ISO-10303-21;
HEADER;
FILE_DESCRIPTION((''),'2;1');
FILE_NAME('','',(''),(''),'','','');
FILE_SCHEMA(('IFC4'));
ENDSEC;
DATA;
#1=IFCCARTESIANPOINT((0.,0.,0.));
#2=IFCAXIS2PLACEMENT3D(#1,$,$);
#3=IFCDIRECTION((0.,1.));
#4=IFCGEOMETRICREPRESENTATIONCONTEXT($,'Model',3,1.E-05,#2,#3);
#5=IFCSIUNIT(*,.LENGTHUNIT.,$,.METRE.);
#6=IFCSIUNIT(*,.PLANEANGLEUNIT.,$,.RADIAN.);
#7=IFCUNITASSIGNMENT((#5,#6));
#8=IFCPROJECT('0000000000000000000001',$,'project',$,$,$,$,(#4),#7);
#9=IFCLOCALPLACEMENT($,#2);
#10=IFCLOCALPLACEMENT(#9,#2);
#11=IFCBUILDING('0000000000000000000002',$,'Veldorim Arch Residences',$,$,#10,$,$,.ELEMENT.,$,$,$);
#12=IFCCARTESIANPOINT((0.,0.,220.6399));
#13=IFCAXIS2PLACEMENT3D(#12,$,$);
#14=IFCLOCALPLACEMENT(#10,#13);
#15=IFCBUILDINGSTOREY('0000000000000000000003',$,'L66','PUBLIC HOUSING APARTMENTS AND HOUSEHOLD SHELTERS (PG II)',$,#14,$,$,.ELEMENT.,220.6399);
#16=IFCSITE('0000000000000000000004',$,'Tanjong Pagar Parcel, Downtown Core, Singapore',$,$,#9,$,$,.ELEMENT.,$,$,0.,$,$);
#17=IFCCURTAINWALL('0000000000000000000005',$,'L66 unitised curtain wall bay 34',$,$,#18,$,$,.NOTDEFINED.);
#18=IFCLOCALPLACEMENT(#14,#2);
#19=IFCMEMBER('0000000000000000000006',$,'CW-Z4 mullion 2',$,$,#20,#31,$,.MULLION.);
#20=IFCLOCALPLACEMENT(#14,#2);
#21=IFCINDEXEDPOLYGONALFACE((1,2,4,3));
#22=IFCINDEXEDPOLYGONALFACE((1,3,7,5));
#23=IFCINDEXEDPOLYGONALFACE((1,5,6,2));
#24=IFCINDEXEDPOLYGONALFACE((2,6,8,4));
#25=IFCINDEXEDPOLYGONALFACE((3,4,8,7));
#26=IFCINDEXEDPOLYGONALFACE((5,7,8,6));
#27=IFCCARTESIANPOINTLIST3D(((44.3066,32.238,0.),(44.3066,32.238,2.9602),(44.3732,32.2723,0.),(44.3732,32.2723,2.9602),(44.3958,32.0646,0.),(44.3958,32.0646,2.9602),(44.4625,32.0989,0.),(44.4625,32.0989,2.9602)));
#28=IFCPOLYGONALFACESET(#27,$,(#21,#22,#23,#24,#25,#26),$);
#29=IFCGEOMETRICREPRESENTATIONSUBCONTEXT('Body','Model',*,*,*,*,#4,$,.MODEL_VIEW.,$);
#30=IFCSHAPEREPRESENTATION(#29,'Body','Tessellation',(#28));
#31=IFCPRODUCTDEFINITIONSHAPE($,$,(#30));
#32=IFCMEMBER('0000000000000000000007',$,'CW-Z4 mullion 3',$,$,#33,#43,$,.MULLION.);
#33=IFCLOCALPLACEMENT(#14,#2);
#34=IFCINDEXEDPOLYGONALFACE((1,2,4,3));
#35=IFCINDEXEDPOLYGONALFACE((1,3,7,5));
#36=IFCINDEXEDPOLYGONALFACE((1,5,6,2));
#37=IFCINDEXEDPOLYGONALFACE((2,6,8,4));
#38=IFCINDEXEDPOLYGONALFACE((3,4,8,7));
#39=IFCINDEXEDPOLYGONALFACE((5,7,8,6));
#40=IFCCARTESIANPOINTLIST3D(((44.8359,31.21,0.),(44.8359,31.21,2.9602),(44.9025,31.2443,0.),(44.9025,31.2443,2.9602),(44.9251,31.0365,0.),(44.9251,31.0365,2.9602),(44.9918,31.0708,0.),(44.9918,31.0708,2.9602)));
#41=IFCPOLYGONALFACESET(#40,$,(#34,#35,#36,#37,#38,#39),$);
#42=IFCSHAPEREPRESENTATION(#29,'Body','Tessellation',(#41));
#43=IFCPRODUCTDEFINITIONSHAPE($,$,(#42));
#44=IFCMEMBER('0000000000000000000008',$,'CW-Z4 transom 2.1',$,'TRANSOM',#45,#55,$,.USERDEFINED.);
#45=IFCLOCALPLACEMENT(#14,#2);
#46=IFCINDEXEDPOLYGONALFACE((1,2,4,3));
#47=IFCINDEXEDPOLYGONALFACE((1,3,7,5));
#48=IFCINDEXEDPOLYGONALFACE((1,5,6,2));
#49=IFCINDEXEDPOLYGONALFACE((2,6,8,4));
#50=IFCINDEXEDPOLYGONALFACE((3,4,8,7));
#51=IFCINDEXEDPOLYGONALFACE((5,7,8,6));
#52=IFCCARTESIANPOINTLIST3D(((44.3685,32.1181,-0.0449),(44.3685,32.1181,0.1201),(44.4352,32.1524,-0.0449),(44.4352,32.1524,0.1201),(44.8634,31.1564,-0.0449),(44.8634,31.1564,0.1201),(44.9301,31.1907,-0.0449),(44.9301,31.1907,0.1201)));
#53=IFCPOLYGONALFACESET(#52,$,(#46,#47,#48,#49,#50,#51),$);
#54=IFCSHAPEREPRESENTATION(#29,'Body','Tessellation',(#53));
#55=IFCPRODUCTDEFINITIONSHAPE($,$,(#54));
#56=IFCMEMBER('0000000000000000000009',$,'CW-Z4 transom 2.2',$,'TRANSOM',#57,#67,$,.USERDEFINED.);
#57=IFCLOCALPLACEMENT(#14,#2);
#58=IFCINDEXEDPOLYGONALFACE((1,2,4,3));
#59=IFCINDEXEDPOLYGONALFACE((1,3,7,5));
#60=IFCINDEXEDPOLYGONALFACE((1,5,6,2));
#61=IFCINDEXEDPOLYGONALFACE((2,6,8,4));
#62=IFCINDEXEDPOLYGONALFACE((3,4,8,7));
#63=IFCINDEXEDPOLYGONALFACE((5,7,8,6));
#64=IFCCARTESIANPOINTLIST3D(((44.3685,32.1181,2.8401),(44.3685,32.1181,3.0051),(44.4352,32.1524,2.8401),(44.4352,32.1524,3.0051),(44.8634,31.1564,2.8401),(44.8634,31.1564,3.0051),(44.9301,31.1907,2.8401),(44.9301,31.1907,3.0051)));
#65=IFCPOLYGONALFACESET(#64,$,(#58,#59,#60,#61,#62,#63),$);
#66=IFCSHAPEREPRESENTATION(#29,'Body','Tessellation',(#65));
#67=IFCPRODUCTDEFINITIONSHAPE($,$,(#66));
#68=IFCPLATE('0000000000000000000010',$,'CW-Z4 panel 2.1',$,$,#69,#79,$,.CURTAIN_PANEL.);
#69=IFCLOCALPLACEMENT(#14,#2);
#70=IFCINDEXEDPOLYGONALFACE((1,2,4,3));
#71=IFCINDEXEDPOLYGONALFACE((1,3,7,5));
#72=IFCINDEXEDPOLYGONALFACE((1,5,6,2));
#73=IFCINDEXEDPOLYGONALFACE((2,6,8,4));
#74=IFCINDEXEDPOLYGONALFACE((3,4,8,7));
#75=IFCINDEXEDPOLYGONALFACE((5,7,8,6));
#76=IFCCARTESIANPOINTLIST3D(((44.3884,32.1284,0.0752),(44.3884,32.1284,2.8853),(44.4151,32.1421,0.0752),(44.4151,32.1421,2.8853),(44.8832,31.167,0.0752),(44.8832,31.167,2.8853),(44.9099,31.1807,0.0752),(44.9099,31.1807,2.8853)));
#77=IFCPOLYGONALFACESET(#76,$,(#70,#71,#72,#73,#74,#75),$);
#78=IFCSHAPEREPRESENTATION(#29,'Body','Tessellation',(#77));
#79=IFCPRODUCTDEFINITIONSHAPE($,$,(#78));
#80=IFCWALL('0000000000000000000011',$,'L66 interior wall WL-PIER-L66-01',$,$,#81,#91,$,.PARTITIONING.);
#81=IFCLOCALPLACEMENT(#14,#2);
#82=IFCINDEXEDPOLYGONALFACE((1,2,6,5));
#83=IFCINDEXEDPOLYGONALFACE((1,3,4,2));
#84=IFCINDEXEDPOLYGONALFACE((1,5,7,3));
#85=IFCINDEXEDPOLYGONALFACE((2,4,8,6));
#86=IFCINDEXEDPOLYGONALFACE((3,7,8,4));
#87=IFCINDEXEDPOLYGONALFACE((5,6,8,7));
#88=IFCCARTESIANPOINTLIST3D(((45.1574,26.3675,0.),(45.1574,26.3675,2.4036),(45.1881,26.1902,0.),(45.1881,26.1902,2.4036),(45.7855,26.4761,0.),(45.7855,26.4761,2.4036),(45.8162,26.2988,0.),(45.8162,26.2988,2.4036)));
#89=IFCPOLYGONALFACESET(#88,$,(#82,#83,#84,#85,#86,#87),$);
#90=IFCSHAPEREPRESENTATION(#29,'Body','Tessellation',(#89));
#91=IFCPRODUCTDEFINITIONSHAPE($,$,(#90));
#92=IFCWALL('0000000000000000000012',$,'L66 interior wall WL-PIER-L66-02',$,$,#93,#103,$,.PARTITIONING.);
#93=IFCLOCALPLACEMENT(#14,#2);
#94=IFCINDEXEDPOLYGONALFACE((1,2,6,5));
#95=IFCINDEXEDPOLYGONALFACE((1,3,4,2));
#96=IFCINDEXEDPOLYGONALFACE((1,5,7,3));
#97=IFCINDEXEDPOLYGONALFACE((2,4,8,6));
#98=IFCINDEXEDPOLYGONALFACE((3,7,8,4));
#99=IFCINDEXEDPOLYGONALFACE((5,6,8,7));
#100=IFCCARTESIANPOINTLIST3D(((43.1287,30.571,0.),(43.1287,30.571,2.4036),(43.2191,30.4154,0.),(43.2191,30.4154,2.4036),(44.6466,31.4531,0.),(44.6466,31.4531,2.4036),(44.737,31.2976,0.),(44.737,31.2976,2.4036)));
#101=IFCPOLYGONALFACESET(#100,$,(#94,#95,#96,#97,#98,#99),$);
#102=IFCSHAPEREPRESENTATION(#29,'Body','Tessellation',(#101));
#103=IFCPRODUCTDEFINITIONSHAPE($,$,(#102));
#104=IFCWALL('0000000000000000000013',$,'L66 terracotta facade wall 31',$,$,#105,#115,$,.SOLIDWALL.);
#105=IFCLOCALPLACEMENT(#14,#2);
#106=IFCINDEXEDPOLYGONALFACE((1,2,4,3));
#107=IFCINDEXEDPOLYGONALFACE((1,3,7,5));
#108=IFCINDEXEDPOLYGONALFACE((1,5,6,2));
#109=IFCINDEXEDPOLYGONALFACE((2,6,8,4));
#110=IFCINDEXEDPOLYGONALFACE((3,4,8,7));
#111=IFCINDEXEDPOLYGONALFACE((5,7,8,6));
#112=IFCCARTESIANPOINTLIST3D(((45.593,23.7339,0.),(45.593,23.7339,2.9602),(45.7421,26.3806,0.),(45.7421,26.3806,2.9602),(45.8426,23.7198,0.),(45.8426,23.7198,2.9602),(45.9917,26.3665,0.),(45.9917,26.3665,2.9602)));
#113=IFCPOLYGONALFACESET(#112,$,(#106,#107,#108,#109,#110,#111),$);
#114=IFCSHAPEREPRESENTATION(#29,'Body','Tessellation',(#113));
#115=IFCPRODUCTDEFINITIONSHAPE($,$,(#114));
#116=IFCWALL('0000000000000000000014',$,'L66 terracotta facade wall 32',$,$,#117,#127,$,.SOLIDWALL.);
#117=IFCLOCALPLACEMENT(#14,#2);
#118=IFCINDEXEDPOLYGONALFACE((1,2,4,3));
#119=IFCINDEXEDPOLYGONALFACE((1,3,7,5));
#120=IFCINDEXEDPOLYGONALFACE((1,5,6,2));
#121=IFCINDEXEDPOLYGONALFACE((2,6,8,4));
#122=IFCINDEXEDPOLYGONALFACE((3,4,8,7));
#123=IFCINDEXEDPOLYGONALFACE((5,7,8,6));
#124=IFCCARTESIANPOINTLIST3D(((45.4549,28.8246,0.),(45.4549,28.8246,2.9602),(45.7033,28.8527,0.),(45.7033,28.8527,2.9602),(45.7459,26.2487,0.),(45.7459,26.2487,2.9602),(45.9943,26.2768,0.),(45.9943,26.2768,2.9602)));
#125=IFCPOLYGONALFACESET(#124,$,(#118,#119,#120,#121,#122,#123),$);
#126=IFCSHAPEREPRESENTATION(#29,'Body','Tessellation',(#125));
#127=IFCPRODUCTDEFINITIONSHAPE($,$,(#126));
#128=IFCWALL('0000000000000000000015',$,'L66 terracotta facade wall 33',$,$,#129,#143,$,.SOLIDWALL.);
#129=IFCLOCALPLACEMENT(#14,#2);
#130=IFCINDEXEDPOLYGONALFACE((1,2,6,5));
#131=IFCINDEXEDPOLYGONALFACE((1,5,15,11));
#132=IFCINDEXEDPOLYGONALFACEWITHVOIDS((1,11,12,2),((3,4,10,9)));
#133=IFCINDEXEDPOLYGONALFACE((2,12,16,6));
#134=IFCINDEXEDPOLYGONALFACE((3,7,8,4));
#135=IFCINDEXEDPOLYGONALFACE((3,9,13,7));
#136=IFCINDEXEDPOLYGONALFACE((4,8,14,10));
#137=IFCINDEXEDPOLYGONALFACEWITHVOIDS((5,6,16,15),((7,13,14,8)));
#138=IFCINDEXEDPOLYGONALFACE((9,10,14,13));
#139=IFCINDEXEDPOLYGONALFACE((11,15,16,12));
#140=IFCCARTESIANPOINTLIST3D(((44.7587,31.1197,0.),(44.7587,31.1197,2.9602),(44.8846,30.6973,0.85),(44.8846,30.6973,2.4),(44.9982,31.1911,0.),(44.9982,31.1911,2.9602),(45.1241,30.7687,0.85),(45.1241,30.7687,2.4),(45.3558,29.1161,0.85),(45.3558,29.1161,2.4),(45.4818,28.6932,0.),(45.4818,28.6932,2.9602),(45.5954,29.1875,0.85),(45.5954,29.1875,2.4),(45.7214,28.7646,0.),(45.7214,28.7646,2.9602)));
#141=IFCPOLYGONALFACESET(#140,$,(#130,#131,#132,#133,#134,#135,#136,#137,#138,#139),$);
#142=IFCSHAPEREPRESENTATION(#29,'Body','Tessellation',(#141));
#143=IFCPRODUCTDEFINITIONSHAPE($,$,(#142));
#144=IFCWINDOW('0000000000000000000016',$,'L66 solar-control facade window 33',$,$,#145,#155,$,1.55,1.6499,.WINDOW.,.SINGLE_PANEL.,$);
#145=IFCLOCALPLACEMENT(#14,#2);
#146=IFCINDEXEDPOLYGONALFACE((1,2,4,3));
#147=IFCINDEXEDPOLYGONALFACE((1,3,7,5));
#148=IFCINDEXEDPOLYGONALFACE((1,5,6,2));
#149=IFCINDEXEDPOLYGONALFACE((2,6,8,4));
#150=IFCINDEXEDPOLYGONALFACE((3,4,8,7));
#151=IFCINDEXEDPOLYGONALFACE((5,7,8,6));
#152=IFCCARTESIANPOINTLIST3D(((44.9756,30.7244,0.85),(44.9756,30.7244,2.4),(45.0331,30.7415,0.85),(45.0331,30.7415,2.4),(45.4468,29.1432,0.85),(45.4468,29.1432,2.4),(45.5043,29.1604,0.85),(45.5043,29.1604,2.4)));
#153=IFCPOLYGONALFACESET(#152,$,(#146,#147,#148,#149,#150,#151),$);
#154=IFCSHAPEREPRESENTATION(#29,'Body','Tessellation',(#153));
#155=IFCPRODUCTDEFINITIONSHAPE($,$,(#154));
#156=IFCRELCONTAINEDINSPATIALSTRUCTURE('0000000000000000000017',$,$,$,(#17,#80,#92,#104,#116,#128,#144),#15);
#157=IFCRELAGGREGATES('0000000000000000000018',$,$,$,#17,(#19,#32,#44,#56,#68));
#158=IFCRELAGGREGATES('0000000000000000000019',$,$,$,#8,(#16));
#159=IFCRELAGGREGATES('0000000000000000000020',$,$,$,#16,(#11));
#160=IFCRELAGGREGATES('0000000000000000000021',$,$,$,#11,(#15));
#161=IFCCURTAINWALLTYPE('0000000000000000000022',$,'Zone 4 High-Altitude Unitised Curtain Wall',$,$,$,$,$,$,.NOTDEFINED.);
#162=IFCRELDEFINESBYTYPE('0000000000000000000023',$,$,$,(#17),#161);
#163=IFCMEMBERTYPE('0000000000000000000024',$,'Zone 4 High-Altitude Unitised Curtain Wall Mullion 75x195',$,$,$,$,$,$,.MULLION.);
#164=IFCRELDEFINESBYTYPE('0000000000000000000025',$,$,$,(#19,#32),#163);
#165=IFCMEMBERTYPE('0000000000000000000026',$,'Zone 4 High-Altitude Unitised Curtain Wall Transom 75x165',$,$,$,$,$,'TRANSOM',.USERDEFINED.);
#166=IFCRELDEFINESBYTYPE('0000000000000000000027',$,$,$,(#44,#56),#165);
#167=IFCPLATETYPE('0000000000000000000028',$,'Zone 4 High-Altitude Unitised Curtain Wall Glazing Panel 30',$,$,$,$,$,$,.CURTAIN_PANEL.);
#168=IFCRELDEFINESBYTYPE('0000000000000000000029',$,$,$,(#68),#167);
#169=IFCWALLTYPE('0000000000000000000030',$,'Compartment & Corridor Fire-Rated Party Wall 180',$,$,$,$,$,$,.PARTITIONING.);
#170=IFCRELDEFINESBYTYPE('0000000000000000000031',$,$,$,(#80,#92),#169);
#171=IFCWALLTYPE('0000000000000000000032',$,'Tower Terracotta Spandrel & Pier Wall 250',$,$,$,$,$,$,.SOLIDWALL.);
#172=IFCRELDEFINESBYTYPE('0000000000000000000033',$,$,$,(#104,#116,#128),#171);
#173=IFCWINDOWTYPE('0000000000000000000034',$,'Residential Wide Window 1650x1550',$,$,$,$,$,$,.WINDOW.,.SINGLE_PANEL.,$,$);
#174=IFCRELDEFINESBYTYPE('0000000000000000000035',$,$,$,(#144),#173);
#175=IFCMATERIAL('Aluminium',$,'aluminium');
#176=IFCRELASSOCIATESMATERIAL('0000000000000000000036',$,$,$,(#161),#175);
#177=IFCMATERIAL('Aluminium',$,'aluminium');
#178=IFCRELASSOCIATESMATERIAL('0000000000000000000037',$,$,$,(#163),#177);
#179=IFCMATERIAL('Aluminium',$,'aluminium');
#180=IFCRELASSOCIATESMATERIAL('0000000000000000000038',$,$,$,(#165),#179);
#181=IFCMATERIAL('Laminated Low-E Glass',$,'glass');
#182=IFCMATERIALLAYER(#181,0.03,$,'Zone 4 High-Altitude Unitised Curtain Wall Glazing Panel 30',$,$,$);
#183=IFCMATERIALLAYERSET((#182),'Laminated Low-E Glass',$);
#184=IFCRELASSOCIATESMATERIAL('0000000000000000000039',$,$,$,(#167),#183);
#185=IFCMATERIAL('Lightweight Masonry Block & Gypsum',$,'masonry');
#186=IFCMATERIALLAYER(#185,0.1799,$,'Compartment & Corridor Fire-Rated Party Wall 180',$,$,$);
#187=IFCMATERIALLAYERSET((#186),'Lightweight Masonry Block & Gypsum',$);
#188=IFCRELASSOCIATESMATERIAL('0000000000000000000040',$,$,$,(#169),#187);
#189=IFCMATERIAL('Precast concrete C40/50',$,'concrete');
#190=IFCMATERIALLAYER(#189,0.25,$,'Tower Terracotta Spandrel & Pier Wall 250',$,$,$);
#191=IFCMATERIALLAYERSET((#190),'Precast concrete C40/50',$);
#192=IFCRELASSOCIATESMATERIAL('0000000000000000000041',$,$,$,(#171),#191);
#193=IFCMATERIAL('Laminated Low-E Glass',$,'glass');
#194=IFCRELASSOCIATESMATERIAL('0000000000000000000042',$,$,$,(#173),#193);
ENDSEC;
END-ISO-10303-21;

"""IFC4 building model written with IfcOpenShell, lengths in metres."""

from ifc_helpers import new_model, si_unit, direction, frame, frame_2d, origin, origin_2d, place, context, subcontext, project, spatial, rectangle, extrude, material, layer, layer_set, material_profile, profile_set, type_object, element, fill, aggregate, save


model = new_model("IFC4")

# Units and contexts
model_context = context("Model", 3, precision=1e-05, world=origin(), true_north=direction((0.0, 1.0)))
body_context = subcontext(model_context, "Body", "Model", "MODEL_VIEW")
ifc_project = project(units=[si_unit("LENGTHUNIT", "METRE"), si_unit("PLANEANGLEUNIT", "RADIAN")], contexts=[model_context])

# Site, building, storey
site_placement = place(None, origin())
site = spatial("IfcSite", under=ifc_project, at=site_placement, Name="Tanjong Pagar Parcel, Downtown Core, Singapore", CompositionType="ELEMENT", RefElevation=0.0)
building_placement = place(site_placement, origin())
building = spatial("IfcBuilding", under=site, at=building_placement, Name="Veldorim Arch Residences", CompositionType="ELEMENT")
storey_placement = place(building_placement, frame((0.0, 0.0, 220.6399)))
storey = spatial("IfcBuildingStorey", under=building, at=storey_placement, Name="L66", Description="PUBLIC HOUSING APARTMENTS AND HOUSEHOLD SHELTERS (PG II)", CompositionType="ELEMENT", Elevation=220.6399)

# Curtain wall, members, plate
ifc_material_1 = material(Name="Aluminium", Category="aluminium")
curtain_wall_type = type_object("IfcCurtainWallType", Name="Zone 4 High-Altitude Unitised Curtain Wall", PredefinedType="NOTDEFINED", material=ifc_material_1)
curtain_wall_placement = place(storey_placement, origin())
curtain_wall = element("IfcCurtainWall", 1, at=curtain_wall_placement, inside=storey, type_object=curtain_wall_type, Name="L66 unitised curtain wall bay 34", PredefinedType="NOTDEFINED")
ifc_material_2 = material(Name="Aluminium", Category="aluminium")
ifc_material_profile_1 = material_profile(ifc_material_2, rectangle(XDim=0.075, YDim=0.1951, at=origin_2d()), Name="ALU_MUL_75x195")
ifc_profile_set_1 = profile_set([ifc_material_profile_1], Name="Aluminium")
member_type_1 = type_object("IfcMemberType", Name="Zone 4 High-Altitude Unitised Curtain Wall Mullion 75x195", PredefinedType="MULLION", material=ifc_profile_set_1)
member_1_placement = place(storey_placement, frame((44.3845, 32.1685, 0.0), z_axis=(0.0, 0.0, 1.0), x_axis=(0.889131, 0.457653, 0.0)))
member_1 = element("IfcMember", 2, at=member_1_placement, type_object=member_type_1, Name="CW-Z4 mullion 2", PredefinedType="MULLION", context=body_context, shape_type="SweptSolid", body=[
    extrude(rectangle(XDim=0.075, YDim=0.1951, at=origin_2d()), origin(), (0.0, 0.0, 1.0), 2.9602),
])
member_2_placement = place(storey_placement, frame((44.9138, 31.1404, 0.0), z_axis=(0.0, 0.0, 1.0), x_axis=(0.889131, 0.457653, 0.0)))
member_2 = element("IfcMember", 3, at=member_2_placement, type_object=member_type_1, Name="CW-Z4 mullion 3", PredefinedType="MULLION", context=body_context, shape_type="SweptSolid", body=[
    extrude(rectangle(XDim=0.075, YDim=0.1951, at=origin_2d()), origin(), (0.0, 0.0, 1.0), 2.9602),
])
ifc_material_3 = material(Name="Aluminium", Category="aluminium")
ifc_material_profile_2 = material_profile(ifc_material_3, rectangle(XDim=0.075, YDim=0.165, at=origin_2d()), Name="ALU_TRN_75x165")
ifc_profile_set_2 = profile_set([ifc_material_profile_2], Name="Aluminium")
member_type_2 = type_object("IfcMemberType", Name="Zone 4 High-Altitude Unitised Curtain Wall Transom 75x165", ElementType="TRANSOM", PredefinedType="USERDEFINED", material=ifc_profile_set_2)
member_3_placement = place(storey_placement, frame((44.4019, 32.1353, 0.0376), z_axis=(0.457567, -0.889175, 0.0), x_axis=(0.889175, 0.457567, 0.0)))
member_3 = element("IfcMember", 4, at=member_3_placement, type_object=member_type_2, Name="CW-Z4 transom 2.1", ObjectType="TRANSOM", PredefinedType="USERDEFINED", context=body_context, shape_type="SweptSolid", body=[
    extrude(rectangle(XDim=0.075, YDim=0.165, at=origin_2d()), origin(), (0.0, 0.0, 1.0), 1.0815),
])
member_4_placement = place(storey_placement, frame((44.4019, 32.1353, 2.9226), z_axis=(0.457567, -0.889175, 0.0), x_axis=(0.889175, 0.457567, 0.0)))
member_4 = element("IfcMember", 5, at=member_4_placement, type_object=member_type_2, Name="CW-Z4 transom 2.2", ObjectType="TRANSOM", PredefinedType="USERDEFINED", context=body_context, shape_type="SweptSolid", body=[
    extrude(rectangle(XDim=0.075, YDim=0.165, at=origin_2d()), origin(), (0.0, 0.0, 1.0), 1.0815),
])
ifc_material_4 = material(Name="Laminated Low-E Glass", Category="glass")
ifc_layer_1 = layer(ifc_material_4, 0.03, Name="Zone 4 High-Altitude Unitised Curtain Wall Glazing Panel 30")
ifc_layer_set_1 = layer_set([ifc_layer_1], Name="Laminated Low-E Glass")
plate_type = type_object("IfcPlateType", Name="Zone 4 High-Altitude Unitised Curtain Wall Glazing Panel 30", PredefinedType="CURTAIN_PANEL", material=ifc_layer_set_1)
plate_placement = place(storey_placement, frame((44.6492, 31.6545, 0.0752), z_axis=(0.0, 0.0, 1.0), x_axis=(0.457653, -0.889131, 0.0)))
plate = element("IfcPlate", 6, at=plate_placement, type_object=plate_type, Name="CW-Z4 panel 2.1", PredefinedType="CURTAIN_PANEL", context=body_context, shape_type="SweptSolid", body=[
    extrude(rectangle(XDim=1.0813, YDim=0.03, at=origin_2d()), origin(), (0.0, 0.0, 1.0), 2.8101),
])
aggregate(curtain_wall, [member_1, member_2, member_3, member_4, plate])

# Walls
ifc_material_5 = material(Name="Lightweight Masonry Block & Gypsum", Category="masonry")
ifc_layer_2 = layer(ifc_material_5, 0.1799, Name="Compartment & Corridor Fire-Rated Party Wall 180")
ifc_layer_set_2 = layer_set([ifc_layer_2], Name="Lightweight Masonry Block & Gypsum")
wall_type_1 = type_object("IfcWallType", Name="Compartment & Corridor Fire-Rated Party Wall 180", PredefinedType="PARTITIONING", material=ifc_layer_set_2)
wall_1_placement = place(storey_placement, frame((45.1726, 26.2788, 0.0), z_axis=(0.0, 0.0, 1.0), x_axis=(0.985372, 0.17042, 0.0)))
element("IfcWall", 7, at=wall_1_placement, inside=storey, type_object=wall_type_1, Name="L66 interior wall WL-PIER-L66-01", PredefinedType="PARTITIONING", context=body_context, shape_type="SweptSolid", body=[
    extrude(rectangle(XDim=0.6375, YDim=0.1799, at=frame_2d((0.3188, 0.0))), origin(), (0.0, 0.0, 1.0), 2.4036),
])
wall_2_placement = place(storey_placement, frame((43.1738, 30.4932, 0.0), z_axis=(0.0, 0.0, 1.0), x_axis=(0.8646, 0.502461, 0.0)))
element("IfcWall", 8, at=wall_2_placement, inside=storey, type_object=wall_type_1, Name="L66 interior wall WL-PIER-L66-02", PredefinedType="PARTITIONING", context=body_context, shape_type="SweptSolid", body=[
    extrude(rectangle(XDim=1.7556, YDim=0.1799, at=frame_2d((0.8779, 0.0))), origin(), (0.0, 0.0, 1.0), 2.4036),
])
ifc_material_6 = material(Name="Precast concrete C40/50", Category="concrete")
ifc_layer_3 = layer(ifc_material_6, 0.25, Name="Tower Terracotta Spandrel & Pier Wall 250")
ifc_layer_set_3 = layer_set([ifc_layer_3], Name="Precast concrete C40/50")
wall_type_2 = type_object("IfcWallType", Name="Tower Terracotta Spandrel & Pier Wall 250", PredefinedType="SOLIDWALL", material=ifc_layer_set_3)
wall_3_placement = place(storey_placement, frame((45.8669, 26.3735, 0.0), z_axis=(0.0, 0.0, 1.0), x_axis=(-0.056271, -0.998416, 0.0)))
element("IfcWall", 9, at=wall_3_placement, inside=storey, type_object=wall_type_2, Name="L66 terracotta facade wall 31", PredefinedType="SOLIDWALL", context=body_context, shape_type="SweptSolid", body=[
    extrude(rectangle(XDim=2.6509, YDim=0.25, at=frame_2d((1.3254, 0.0))), origin(), (0.0, 0.0, 1.0), 2.9602),
])
wall_4_placement = place(storey_placement, frame((45.5791, 28.8386, 0.0), z_axis=(0.0, 0.0, 1.0), x_axis=(0.112261, -0.993679, 0.0)))
element("IfcWall", 10, at=wall_4_placement, inside=storey, type_object=wall_type_2, Name="L66 terracotta facade wall 32", PredefinedType="SOLIDWALL", context=body_context, shape_type="SweptSolid", body=[
    extrude(rectangle(XDim=2.5923, YDim=0.25, at=frame_2d((1.2961, 0.0))), origin(), (0.0, 0.0, 1.0), 2.9602),
])

# Wall, opening, window
wall_5_placement = place(storey_placement, frame((44.8784, 31.1555, 0.0), z_axis=(0.0, 0.0, 1.0), x_axis=(0.285605, -0.958348, 0.0)))
wall_5 = element("IfcWall", 11, at=wall_5_placement, inside=storey, type_object=wall_type_2, Name="L66 terracotta facade wall 33", PredefinedType="SOLIDWALL", context=body_context, shape_type="SweptSolid", body=[
    extrude(rectangle(XDim=2.532, YDim=0.25, at=frame_2d((1.2661, 0.0))), origin(), (0.0, 0.0, 1.0), 2.9602),
])
opening_1_placement = place(wall_5_placement, frame((0.4409, 0.0, 0.8501)))
opening_1 = element("IfcOpeningElement", 12, at=opening_1_placement, cuts=wall_5, PredefinedType="OPENING", context=body_context, shape_type="SweptSolid", body=[
    extrude(rectangle(XDim=1.6499, YDim=1.55, at=frame_2d((0.825, 0.7749))), frame((0.0, 0.135, 0.0), z_axis=(0.0, -1.0, 0.0), x_axis=(1.0, 0.0, 0.0)), (0.0, 0.0, 1.0), 0.27),
])
ifc_material_7 = material(Name="Laminated Low-E Glass", Category="glass")
window_type = type_object("IfcWindowType", Name="Residential Wide Window 1650x1550", PartitioningType="SINGLE_PANEL", PredefinedType="WINDOW", material=ifc_material_7)
window_placement = place(opening_1_placement, origin())
window = element("IfcWindow", 13, at=window_placement, inside=storey, type_object=window_type, Name="L66 solar-control facade window 33", OverallHeight=1.55, OverallWidth=1.6499, PartitioningType="SINGLE_PANEL", PredefinedType="WINDOW", context=body_context, shape_type="SweptSolid", body=[
    extrude(rectangle(XDim=1.6499, YDim=1.55, at=frame_2d((0.825, 0.7749))), frame((0.0, 0.03, 0.0), z_axis=(0.0, -1.0, 0.0), x_axis=(1.0, 0.0, 0.0)), (0.0, 0.0, 1.0), 0.0601),
])
fill(opening_1, window)

save(model, "model.ifc")
